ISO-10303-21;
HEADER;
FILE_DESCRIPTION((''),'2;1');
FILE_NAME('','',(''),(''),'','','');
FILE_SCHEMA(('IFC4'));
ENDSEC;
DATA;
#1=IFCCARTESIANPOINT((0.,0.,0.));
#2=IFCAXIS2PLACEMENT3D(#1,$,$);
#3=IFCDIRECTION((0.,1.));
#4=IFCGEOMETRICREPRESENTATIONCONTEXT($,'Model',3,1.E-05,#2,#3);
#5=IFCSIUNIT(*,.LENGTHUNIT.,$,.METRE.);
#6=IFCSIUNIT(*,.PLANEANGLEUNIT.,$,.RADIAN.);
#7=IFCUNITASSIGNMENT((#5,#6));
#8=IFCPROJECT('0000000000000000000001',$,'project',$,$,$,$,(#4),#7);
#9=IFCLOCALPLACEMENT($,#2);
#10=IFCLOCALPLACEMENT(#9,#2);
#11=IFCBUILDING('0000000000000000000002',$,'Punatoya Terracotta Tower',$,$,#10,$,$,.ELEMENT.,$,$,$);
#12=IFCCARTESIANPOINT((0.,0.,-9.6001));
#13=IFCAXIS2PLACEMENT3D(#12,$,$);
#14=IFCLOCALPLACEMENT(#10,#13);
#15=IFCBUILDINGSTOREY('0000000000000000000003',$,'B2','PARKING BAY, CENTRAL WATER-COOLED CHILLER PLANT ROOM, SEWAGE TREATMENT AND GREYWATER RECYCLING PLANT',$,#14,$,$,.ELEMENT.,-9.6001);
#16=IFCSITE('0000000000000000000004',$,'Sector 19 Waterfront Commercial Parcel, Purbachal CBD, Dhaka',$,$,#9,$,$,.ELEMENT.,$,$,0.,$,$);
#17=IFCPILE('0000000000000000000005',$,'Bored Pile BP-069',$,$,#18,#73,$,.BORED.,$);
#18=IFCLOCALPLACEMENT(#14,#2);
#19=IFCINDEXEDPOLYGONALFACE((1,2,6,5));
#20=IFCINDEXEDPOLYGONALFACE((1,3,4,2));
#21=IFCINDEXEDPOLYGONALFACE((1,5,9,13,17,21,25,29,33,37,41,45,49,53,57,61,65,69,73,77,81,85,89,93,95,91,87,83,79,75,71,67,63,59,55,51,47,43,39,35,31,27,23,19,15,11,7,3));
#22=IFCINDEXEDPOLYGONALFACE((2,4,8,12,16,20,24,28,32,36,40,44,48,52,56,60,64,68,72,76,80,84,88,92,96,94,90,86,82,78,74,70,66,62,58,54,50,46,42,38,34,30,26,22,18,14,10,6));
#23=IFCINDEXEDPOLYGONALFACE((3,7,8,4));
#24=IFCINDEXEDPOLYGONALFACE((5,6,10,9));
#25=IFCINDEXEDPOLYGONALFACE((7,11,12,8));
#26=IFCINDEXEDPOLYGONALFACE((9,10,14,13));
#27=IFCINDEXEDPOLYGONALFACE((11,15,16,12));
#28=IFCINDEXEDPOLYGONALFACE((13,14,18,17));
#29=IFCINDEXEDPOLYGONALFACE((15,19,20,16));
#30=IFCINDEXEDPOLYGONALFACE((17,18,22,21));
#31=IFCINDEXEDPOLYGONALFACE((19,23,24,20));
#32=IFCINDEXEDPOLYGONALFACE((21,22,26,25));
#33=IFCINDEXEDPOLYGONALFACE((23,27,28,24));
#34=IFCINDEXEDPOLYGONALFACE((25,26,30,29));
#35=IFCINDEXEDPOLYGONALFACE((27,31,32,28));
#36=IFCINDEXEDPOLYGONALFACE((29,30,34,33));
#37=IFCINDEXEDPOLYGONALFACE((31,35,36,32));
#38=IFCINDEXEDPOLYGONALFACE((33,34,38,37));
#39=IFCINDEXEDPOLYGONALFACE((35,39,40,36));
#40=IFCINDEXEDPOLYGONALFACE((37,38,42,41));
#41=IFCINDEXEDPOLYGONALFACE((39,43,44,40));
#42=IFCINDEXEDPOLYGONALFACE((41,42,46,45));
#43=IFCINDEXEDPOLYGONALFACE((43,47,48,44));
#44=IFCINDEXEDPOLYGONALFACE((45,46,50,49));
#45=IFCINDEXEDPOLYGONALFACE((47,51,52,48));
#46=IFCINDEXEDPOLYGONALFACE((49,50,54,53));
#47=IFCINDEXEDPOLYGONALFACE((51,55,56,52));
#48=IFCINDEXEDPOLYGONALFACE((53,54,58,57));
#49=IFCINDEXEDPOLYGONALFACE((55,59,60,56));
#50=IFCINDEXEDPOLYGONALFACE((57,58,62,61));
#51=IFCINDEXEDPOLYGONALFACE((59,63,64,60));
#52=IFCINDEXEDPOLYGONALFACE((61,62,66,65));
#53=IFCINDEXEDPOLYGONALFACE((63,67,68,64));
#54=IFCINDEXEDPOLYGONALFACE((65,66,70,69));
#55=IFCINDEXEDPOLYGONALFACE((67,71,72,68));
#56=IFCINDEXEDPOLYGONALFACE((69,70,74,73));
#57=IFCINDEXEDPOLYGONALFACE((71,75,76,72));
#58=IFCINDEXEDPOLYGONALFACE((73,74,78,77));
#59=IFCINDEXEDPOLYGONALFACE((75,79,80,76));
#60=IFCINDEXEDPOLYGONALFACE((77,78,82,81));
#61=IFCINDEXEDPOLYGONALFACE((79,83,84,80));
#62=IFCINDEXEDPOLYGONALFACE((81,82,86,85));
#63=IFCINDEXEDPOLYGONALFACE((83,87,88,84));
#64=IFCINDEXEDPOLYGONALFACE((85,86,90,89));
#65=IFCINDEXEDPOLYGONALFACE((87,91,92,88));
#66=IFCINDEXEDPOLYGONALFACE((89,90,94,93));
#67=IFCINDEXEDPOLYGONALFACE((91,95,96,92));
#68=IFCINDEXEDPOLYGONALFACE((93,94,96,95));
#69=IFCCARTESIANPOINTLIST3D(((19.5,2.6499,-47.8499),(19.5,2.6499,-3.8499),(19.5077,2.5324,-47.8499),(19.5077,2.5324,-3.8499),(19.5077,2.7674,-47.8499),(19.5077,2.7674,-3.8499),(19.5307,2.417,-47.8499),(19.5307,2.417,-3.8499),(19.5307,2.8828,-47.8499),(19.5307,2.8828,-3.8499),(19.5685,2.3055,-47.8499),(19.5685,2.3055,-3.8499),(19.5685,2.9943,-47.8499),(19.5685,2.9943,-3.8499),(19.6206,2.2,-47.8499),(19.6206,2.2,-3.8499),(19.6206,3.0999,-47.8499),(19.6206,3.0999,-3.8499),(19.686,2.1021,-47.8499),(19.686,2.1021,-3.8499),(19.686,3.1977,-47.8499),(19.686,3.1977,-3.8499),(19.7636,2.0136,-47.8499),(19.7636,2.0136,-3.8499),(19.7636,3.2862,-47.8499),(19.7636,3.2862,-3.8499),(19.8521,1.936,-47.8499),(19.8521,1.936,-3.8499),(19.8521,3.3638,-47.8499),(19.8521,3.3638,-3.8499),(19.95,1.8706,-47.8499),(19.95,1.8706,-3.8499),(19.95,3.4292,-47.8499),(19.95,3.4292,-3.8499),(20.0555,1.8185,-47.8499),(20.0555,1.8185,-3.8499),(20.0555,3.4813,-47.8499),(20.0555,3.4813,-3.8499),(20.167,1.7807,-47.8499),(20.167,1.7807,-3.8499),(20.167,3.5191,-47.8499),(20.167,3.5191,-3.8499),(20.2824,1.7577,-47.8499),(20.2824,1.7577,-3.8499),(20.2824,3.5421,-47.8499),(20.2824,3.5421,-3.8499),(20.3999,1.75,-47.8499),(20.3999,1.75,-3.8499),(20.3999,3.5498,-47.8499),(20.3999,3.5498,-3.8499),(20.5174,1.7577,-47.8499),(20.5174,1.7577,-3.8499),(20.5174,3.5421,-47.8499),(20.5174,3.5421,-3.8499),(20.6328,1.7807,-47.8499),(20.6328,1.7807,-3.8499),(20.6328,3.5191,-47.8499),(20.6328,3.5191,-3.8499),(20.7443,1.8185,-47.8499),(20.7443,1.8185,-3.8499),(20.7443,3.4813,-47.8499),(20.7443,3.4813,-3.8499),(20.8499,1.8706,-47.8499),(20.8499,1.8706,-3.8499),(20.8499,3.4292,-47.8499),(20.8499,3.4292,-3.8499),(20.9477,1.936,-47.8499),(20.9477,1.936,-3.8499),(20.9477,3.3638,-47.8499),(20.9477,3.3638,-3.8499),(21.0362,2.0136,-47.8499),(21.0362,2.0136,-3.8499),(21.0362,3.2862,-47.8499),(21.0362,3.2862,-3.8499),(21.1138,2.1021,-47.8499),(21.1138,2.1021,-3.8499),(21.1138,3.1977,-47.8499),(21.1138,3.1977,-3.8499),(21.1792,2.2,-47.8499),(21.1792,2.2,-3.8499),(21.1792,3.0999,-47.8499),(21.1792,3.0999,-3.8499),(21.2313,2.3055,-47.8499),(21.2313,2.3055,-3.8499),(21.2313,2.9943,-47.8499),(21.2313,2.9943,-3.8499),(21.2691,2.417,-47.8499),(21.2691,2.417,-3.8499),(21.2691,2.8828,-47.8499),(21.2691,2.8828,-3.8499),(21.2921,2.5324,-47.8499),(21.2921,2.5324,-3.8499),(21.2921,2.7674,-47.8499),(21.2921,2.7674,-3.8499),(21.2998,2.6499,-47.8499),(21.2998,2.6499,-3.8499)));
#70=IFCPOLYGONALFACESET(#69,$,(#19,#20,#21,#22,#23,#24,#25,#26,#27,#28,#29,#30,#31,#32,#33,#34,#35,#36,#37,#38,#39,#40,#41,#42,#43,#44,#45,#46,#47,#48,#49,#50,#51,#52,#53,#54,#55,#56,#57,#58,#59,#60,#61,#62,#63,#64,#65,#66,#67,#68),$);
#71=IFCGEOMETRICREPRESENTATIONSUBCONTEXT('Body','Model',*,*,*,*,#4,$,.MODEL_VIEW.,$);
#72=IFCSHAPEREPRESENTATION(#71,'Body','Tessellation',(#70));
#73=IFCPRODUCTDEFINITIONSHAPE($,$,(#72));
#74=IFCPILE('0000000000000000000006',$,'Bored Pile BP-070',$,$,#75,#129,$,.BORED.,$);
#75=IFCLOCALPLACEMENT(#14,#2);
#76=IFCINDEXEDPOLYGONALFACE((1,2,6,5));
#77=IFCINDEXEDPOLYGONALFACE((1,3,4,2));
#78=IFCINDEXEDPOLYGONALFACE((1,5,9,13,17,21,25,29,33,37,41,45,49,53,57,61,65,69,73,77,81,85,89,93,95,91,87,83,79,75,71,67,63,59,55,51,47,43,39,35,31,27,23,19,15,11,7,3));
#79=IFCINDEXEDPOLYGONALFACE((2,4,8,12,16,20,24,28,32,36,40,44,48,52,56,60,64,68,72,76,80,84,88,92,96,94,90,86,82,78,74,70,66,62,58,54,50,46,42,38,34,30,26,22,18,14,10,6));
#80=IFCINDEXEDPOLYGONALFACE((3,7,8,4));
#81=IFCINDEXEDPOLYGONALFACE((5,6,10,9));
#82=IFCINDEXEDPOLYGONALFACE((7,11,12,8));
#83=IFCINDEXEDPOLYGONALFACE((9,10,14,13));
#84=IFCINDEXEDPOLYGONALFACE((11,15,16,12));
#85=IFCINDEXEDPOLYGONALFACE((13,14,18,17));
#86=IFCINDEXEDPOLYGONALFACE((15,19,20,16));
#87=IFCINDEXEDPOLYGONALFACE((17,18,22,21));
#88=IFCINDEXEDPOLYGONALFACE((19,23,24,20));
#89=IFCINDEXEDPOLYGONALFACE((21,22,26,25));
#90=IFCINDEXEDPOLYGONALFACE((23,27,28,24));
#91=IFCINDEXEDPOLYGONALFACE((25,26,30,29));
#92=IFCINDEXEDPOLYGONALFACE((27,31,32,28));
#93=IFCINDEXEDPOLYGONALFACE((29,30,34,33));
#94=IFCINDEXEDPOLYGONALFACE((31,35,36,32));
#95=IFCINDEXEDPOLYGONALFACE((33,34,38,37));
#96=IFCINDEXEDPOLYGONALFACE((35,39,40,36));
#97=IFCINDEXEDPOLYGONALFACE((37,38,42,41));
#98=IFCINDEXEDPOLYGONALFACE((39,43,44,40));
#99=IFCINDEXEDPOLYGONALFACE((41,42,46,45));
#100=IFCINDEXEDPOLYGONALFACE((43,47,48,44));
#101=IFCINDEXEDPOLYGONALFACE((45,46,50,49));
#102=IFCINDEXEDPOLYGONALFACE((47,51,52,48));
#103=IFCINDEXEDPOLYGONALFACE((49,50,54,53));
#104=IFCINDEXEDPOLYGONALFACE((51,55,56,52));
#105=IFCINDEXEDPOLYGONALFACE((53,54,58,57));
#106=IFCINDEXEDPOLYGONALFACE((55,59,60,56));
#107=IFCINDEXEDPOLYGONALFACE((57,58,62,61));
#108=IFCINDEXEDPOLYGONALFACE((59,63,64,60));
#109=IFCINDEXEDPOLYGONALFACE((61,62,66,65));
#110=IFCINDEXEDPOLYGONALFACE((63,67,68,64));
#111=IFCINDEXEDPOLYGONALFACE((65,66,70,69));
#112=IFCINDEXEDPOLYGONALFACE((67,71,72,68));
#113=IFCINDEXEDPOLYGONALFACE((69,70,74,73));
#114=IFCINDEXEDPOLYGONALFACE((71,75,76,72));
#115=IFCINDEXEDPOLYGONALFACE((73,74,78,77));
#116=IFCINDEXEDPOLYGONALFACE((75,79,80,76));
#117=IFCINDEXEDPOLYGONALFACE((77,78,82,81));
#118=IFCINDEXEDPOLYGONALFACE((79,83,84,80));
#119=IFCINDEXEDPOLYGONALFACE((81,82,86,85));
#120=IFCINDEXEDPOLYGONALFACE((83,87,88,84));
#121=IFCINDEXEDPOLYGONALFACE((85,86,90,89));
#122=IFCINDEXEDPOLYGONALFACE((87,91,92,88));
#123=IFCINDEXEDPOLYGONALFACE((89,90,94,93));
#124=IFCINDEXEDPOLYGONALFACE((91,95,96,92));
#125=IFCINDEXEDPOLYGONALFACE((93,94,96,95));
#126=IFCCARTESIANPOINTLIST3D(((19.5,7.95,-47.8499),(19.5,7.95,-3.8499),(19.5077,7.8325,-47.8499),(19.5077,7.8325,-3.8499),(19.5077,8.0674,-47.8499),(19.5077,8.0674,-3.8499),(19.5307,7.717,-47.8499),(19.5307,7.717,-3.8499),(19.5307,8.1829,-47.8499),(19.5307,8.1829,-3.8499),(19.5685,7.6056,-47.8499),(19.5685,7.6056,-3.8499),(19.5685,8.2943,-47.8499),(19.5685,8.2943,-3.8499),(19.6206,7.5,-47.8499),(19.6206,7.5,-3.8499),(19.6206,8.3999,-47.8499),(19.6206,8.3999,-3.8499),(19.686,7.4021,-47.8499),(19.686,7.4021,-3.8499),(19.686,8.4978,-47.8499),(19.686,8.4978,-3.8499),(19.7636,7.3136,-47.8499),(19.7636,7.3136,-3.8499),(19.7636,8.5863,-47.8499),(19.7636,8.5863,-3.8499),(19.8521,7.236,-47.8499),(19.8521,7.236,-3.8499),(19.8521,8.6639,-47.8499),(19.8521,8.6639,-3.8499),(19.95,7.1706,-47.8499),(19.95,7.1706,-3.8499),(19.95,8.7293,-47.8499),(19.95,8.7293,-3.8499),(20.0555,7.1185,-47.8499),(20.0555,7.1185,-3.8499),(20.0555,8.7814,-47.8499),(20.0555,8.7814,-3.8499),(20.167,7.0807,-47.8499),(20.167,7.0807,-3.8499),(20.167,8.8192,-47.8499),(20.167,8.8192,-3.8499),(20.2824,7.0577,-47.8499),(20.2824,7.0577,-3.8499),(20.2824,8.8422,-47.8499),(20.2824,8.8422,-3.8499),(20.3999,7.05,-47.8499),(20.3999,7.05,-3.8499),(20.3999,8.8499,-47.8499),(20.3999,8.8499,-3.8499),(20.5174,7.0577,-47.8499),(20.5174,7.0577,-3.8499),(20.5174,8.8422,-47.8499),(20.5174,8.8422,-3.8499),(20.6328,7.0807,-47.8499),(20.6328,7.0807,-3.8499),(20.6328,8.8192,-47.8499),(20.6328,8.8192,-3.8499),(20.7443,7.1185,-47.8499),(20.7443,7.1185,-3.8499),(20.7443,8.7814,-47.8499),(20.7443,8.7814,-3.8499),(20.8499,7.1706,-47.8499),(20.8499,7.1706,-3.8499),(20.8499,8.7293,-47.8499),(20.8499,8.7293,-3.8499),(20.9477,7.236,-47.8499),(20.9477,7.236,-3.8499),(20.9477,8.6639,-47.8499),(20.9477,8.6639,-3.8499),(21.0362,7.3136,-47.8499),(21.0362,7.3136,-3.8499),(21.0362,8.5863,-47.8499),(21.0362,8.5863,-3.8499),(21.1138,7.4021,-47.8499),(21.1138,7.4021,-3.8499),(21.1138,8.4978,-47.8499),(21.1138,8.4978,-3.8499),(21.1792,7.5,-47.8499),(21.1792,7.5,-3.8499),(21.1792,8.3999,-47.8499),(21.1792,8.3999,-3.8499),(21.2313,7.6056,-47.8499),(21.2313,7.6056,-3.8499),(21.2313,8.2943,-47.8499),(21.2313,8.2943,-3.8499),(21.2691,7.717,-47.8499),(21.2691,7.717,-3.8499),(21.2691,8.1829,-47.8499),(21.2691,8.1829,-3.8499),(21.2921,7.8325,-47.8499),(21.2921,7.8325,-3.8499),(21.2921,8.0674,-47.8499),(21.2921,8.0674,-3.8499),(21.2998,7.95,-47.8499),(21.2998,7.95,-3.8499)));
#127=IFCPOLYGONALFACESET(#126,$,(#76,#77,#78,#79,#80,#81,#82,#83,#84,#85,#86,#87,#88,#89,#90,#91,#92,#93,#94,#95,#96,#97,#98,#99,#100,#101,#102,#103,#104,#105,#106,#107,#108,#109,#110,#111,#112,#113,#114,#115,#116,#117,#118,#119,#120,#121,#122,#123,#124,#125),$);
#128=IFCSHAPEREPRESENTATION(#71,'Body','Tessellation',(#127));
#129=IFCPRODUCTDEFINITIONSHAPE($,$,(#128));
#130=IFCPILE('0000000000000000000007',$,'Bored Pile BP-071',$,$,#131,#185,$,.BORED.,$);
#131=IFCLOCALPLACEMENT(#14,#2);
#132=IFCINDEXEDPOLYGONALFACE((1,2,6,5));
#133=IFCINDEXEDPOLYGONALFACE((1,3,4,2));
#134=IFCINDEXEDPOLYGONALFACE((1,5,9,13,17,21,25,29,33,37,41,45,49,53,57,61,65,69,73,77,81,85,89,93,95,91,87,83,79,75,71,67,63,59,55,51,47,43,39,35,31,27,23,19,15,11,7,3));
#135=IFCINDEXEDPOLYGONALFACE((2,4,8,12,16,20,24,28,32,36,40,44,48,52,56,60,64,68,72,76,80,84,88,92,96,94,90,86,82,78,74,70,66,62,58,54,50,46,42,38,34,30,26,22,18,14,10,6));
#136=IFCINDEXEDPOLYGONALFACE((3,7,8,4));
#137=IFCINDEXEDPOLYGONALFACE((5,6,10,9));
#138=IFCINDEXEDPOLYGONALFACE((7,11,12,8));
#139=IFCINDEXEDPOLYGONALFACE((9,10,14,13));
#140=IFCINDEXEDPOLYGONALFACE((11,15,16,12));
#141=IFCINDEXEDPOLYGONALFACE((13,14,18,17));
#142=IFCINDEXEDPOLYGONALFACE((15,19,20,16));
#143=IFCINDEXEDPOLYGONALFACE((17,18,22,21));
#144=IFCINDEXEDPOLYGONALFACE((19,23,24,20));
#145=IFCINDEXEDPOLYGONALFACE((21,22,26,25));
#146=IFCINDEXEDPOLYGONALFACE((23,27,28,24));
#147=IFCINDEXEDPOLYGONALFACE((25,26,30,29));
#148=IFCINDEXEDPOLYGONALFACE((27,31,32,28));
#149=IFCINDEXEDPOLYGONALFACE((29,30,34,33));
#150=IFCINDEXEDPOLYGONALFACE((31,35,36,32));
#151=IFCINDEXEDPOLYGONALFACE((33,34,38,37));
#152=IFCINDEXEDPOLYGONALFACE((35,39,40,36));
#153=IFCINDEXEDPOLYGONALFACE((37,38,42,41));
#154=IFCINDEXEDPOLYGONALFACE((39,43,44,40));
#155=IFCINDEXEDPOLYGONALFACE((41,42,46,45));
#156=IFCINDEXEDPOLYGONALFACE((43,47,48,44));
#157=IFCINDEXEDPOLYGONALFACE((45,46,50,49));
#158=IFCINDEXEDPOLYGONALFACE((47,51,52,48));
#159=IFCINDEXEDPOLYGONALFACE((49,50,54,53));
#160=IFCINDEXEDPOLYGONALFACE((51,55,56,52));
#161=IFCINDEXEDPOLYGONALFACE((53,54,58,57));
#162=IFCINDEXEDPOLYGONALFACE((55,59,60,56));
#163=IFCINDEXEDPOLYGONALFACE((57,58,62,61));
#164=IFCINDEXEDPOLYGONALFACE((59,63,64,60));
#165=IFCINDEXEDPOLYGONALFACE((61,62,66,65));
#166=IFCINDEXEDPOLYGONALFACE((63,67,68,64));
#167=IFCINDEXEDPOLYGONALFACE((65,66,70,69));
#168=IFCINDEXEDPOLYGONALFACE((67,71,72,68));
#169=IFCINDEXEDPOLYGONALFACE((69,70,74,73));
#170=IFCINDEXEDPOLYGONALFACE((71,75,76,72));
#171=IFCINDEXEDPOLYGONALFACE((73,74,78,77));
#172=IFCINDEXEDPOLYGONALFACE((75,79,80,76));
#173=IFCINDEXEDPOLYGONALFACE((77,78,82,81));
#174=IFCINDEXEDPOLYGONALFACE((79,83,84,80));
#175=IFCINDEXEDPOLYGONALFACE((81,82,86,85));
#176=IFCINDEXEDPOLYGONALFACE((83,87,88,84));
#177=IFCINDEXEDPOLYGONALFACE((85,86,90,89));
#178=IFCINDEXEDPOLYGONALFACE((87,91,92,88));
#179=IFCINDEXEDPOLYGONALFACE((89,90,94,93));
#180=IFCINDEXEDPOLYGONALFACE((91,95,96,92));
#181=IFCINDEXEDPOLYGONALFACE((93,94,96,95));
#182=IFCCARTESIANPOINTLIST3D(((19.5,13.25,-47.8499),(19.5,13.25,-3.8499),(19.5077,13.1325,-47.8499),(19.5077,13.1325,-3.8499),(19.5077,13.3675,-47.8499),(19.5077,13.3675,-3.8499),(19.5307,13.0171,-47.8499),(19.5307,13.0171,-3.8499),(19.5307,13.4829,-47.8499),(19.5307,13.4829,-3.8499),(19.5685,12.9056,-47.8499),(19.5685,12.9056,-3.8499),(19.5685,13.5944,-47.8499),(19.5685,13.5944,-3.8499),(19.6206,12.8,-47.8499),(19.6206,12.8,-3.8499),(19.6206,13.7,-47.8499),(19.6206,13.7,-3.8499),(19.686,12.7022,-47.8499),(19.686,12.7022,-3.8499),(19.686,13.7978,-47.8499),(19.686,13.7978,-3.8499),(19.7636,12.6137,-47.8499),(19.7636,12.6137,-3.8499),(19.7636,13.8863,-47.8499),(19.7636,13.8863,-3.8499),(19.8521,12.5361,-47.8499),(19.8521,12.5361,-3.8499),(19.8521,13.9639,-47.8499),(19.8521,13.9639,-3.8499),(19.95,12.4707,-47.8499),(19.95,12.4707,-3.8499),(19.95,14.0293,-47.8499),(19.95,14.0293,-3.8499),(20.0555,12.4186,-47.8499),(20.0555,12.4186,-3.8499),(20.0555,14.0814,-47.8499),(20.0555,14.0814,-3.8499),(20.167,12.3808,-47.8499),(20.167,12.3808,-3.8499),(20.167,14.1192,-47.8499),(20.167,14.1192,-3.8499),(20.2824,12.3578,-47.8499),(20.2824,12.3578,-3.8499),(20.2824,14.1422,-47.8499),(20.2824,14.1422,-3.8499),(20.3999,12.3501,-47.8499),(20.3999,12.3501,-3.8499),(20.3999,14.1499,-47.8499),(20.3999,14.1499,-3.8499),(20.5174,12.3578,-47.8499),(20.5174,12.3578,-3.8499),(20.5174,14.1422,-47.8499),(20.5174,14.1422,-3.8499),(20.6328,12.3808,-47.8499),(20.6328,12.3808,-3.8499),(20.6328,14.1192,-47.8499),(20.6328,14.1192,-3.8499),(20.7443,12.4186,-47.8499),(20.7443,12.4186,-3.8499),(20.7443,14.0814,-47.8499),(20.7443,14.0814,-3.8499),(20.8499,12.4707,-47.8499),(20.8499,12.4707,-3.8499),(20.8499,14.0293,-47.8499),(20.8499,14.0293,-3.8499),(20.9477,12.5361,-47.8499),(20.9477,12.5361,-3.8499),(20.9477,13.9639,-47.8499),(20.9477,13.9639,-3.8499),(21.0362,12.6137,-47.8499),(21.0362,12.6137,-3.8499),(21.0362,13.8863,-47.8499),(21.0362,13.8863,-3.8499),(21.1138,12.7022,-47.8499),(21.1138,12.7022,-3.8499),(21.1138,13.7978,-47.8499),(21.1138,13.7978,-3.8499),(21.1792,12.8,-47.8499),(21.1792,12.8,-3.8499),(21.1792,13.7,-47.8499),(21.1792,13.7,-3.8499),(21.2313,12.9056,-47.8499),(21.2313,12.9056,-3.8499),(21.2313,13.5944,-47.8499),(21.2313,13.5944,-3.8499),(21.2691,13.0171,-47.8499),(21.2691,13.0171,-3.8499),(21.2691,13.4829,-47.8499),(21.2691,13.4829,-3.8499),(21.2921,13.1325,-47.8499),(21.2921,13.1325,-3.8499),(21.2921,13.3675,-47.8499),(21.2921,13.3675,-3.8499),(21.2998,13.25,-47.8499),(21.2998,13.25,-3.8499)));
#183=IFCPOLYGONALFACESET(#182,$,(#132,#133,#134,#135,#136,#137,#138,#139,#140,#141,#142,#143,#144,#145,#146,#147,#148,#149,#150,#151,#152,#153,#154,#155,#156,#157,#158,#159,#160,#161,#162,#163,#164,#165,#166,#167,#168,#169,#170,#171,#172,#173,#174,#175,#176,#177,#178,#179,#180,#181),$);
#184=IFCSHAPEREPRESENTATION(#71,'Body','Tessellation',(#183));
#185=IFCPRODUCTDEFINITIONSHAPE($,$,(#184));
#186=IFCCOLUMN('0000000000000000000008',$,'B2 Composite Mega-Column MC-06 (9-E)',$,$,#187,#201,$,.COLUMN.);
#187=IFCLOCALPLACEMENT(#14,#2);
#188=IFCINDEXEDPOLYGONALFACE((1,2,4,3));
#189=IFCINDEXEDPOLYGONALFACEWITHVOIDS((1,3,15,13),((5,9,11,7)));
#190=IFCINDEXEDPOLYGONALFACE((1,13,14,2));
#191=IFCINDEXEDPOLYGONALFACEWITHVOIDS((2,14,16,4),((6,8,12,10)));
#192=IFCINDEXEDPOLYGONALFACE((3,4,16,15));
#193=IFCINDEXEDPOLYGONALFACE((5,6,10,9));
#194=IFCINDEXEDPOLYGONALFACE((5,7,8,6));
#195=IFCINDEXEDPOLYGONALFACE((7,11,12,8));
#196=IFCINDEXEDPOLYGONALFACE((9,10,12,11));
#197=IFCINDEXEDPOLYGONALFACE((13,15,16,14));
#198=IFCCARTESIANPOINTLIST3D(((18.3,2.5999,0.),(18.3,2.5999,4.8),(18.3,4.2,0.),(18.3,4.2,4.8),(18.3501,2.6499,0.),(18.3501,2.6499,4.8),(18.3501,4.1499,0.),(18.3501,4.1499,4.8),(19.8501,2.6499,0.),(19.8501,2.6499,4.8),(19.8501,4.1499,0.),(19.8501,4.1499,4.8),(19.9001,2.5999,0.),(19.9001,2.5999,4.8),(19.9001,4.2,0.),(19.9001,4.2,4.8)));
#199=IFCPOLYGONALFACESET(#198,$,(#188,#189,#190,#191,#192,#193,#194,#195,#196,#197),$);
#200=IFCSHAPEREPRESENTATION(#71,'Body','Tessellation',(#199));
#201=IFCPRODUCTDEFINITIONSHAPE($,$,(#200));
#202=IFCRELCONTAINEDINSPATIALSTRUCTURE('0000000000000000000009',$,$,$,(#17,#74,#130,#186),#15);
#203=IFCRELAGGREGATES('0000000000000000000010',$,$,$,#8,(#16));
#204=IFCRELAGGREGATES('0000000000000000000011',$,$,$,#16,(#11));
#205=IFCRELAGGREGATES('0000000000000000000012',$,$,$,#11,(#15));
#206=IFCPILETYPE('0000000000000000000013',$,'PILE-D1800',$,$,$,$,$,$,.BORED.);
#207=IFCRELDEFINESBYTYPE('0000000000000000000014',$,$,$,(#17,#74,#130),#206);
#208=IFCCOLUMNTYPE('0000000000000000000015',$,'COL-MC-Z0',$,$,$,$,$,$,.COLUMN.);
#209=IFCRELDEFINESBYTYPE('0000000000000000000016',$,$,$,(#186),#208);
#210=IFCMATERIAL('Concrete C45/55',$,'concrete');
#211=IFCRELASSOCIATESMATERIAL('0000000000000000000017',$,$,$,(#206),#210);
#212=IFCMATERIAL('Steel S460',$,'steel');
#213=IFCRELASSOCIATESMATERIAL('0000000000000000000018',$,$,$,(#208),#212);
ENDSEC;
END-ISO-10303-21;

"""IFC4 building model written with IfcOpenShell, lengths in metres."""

from ifc_helpers import new_model, si_unit, direction, frame, origin, origin_2d, place, context, subcontext, project, spatial, hollow_rectangle, circle, extrude, material, material_profile, profile_set, type_object, element, save


model = new_model("IFC4")

# Units and contexts
model_context = context("Model", 3, precision=1e-05, world=origin(), true_north=direction((0.0, 1.0)))
body_context = subcontext(model_context, "Body", "Model", "MODEL_VIEW")
ifc_project = project(units=[si_unit("LENGTHUNIT", "METRE"), si_unit("PLANEANGLEUNIT", "RADIAN")], contexts=[model_context])

# Site, building, storey
site_placement = place(None, origin())
site = spatial("IfcSite", under=ifc_project, at=site_placement, Name="Sector 19 Waterfront Commercial Parcel, Purbachal CBD, Dhaka", CompositionType="ELEMENT", RefElevation=0.0)
building_placement = place(site_placement, origin())
building = spatial("IfcBuilding", under=site, at=building_placement, Name="Punatoya Terracotta Tower", CompositionType="ELEMENT")
storey_placement = place(building_placement, frame((0.0, 0.0, -9.6001)))
storey = spatial("IfcBuildingStorey", under=building, at=storey_placement, Name="B2", Description="PARKING BAY, CENTRAL WATER-COOLED CHILLER PLANT ROOM, SEWAGE TREATMENT AND GREYWATER RECYCLING PLANT", CompositionType="ELEMENT", Elevation=-9.6001)

# Shared definitions
ifc_material_1 = material(Name="Concrete C45/55", Category="concrete")

# Piles
ifc_material_profile_1 = material_profile(ifc_material_1, circle(Radius=0.8999, at=origin_2d()))
ifc_profile_set_1 = profile_set([ifc_material_profile_1], Name="Concrete C45/55")
pile_type_1 = type_object("IfcPileType", Name="PILE-D1800", PredefinedType="BORED", material=ifc_profile_set_1)
for number, where, z_axis, x_axis, name in (
    (1, (20.3999, 2.6499, -3.8499), (0.0, 0.0, -1.0), (1.0, 0.0, 0.0), "Bored Pile BP-069"),
    (2, (20.3999, 7.95, -3.8499), (0.0, 0.0, -1.0), (1.0, 0.0, 0.0), "Bored Pile BP-070"),
    (3, (20.3999, 13.25, -3.8499), (0.0, 0.0, -1.0), (1.0, 0.0, 0.0), "Bored Pile BP-071"),
):
    element("IfcPile", number, at=place(storey_placement, frame(where, z_axis=z_axis, x_axis=x_axis)), inside=storey, type_object=pile_type_1, Name=name, PredefinedType="BORED", context=body_context, shape_type="SweptSolid", body=[
        extrude(circle(Radius=0.8999, at=origin_2d()), origin(), (0.0, 0.0, 1.0), 44.0),
    ])

# Column
ifc_material_2 = material(Name="Steel S460", Category="steel")
ifc_material_profile_2 = material_profile(ifc_material_2, hollow_rectangle(XDim=1.6001, YDim=1.6001, WallThickness=0.05, at=origin_2d()))
ifc_profile_set_2 = profile_set([ifc_material_profile_2], Name="Steel S460")
column_type_1 = type_object("IfcColumnType", Name="COL-MC-Z0", PredefinedType="COLUMN", material=ifc_profile_set_2)
column_1_placement = place(storey_placement, frame((19.1001, 3.3999, 0.0), z_axis=(0.0, 0.0, 1.0), x_axis=(1.0, 0.0, 0.0)))
element("IfcColumn", 4, at=column_1_placement, inside=storey, type_object=column_type_1, Name="B2 Composite Mega-Column MC-06 (9-E)", PredefinedType="COLUMN", context=body_context, shape_type="SweptSolid", body=[
    extrude(hollow_rectangle(XDim=1.6001, YDim=1.6001, WallThickness=0.05, at=origin_2d()), origin(), (0.0, 0.0, 1.0), 4.8),
])

save(model, "model.ifc")
